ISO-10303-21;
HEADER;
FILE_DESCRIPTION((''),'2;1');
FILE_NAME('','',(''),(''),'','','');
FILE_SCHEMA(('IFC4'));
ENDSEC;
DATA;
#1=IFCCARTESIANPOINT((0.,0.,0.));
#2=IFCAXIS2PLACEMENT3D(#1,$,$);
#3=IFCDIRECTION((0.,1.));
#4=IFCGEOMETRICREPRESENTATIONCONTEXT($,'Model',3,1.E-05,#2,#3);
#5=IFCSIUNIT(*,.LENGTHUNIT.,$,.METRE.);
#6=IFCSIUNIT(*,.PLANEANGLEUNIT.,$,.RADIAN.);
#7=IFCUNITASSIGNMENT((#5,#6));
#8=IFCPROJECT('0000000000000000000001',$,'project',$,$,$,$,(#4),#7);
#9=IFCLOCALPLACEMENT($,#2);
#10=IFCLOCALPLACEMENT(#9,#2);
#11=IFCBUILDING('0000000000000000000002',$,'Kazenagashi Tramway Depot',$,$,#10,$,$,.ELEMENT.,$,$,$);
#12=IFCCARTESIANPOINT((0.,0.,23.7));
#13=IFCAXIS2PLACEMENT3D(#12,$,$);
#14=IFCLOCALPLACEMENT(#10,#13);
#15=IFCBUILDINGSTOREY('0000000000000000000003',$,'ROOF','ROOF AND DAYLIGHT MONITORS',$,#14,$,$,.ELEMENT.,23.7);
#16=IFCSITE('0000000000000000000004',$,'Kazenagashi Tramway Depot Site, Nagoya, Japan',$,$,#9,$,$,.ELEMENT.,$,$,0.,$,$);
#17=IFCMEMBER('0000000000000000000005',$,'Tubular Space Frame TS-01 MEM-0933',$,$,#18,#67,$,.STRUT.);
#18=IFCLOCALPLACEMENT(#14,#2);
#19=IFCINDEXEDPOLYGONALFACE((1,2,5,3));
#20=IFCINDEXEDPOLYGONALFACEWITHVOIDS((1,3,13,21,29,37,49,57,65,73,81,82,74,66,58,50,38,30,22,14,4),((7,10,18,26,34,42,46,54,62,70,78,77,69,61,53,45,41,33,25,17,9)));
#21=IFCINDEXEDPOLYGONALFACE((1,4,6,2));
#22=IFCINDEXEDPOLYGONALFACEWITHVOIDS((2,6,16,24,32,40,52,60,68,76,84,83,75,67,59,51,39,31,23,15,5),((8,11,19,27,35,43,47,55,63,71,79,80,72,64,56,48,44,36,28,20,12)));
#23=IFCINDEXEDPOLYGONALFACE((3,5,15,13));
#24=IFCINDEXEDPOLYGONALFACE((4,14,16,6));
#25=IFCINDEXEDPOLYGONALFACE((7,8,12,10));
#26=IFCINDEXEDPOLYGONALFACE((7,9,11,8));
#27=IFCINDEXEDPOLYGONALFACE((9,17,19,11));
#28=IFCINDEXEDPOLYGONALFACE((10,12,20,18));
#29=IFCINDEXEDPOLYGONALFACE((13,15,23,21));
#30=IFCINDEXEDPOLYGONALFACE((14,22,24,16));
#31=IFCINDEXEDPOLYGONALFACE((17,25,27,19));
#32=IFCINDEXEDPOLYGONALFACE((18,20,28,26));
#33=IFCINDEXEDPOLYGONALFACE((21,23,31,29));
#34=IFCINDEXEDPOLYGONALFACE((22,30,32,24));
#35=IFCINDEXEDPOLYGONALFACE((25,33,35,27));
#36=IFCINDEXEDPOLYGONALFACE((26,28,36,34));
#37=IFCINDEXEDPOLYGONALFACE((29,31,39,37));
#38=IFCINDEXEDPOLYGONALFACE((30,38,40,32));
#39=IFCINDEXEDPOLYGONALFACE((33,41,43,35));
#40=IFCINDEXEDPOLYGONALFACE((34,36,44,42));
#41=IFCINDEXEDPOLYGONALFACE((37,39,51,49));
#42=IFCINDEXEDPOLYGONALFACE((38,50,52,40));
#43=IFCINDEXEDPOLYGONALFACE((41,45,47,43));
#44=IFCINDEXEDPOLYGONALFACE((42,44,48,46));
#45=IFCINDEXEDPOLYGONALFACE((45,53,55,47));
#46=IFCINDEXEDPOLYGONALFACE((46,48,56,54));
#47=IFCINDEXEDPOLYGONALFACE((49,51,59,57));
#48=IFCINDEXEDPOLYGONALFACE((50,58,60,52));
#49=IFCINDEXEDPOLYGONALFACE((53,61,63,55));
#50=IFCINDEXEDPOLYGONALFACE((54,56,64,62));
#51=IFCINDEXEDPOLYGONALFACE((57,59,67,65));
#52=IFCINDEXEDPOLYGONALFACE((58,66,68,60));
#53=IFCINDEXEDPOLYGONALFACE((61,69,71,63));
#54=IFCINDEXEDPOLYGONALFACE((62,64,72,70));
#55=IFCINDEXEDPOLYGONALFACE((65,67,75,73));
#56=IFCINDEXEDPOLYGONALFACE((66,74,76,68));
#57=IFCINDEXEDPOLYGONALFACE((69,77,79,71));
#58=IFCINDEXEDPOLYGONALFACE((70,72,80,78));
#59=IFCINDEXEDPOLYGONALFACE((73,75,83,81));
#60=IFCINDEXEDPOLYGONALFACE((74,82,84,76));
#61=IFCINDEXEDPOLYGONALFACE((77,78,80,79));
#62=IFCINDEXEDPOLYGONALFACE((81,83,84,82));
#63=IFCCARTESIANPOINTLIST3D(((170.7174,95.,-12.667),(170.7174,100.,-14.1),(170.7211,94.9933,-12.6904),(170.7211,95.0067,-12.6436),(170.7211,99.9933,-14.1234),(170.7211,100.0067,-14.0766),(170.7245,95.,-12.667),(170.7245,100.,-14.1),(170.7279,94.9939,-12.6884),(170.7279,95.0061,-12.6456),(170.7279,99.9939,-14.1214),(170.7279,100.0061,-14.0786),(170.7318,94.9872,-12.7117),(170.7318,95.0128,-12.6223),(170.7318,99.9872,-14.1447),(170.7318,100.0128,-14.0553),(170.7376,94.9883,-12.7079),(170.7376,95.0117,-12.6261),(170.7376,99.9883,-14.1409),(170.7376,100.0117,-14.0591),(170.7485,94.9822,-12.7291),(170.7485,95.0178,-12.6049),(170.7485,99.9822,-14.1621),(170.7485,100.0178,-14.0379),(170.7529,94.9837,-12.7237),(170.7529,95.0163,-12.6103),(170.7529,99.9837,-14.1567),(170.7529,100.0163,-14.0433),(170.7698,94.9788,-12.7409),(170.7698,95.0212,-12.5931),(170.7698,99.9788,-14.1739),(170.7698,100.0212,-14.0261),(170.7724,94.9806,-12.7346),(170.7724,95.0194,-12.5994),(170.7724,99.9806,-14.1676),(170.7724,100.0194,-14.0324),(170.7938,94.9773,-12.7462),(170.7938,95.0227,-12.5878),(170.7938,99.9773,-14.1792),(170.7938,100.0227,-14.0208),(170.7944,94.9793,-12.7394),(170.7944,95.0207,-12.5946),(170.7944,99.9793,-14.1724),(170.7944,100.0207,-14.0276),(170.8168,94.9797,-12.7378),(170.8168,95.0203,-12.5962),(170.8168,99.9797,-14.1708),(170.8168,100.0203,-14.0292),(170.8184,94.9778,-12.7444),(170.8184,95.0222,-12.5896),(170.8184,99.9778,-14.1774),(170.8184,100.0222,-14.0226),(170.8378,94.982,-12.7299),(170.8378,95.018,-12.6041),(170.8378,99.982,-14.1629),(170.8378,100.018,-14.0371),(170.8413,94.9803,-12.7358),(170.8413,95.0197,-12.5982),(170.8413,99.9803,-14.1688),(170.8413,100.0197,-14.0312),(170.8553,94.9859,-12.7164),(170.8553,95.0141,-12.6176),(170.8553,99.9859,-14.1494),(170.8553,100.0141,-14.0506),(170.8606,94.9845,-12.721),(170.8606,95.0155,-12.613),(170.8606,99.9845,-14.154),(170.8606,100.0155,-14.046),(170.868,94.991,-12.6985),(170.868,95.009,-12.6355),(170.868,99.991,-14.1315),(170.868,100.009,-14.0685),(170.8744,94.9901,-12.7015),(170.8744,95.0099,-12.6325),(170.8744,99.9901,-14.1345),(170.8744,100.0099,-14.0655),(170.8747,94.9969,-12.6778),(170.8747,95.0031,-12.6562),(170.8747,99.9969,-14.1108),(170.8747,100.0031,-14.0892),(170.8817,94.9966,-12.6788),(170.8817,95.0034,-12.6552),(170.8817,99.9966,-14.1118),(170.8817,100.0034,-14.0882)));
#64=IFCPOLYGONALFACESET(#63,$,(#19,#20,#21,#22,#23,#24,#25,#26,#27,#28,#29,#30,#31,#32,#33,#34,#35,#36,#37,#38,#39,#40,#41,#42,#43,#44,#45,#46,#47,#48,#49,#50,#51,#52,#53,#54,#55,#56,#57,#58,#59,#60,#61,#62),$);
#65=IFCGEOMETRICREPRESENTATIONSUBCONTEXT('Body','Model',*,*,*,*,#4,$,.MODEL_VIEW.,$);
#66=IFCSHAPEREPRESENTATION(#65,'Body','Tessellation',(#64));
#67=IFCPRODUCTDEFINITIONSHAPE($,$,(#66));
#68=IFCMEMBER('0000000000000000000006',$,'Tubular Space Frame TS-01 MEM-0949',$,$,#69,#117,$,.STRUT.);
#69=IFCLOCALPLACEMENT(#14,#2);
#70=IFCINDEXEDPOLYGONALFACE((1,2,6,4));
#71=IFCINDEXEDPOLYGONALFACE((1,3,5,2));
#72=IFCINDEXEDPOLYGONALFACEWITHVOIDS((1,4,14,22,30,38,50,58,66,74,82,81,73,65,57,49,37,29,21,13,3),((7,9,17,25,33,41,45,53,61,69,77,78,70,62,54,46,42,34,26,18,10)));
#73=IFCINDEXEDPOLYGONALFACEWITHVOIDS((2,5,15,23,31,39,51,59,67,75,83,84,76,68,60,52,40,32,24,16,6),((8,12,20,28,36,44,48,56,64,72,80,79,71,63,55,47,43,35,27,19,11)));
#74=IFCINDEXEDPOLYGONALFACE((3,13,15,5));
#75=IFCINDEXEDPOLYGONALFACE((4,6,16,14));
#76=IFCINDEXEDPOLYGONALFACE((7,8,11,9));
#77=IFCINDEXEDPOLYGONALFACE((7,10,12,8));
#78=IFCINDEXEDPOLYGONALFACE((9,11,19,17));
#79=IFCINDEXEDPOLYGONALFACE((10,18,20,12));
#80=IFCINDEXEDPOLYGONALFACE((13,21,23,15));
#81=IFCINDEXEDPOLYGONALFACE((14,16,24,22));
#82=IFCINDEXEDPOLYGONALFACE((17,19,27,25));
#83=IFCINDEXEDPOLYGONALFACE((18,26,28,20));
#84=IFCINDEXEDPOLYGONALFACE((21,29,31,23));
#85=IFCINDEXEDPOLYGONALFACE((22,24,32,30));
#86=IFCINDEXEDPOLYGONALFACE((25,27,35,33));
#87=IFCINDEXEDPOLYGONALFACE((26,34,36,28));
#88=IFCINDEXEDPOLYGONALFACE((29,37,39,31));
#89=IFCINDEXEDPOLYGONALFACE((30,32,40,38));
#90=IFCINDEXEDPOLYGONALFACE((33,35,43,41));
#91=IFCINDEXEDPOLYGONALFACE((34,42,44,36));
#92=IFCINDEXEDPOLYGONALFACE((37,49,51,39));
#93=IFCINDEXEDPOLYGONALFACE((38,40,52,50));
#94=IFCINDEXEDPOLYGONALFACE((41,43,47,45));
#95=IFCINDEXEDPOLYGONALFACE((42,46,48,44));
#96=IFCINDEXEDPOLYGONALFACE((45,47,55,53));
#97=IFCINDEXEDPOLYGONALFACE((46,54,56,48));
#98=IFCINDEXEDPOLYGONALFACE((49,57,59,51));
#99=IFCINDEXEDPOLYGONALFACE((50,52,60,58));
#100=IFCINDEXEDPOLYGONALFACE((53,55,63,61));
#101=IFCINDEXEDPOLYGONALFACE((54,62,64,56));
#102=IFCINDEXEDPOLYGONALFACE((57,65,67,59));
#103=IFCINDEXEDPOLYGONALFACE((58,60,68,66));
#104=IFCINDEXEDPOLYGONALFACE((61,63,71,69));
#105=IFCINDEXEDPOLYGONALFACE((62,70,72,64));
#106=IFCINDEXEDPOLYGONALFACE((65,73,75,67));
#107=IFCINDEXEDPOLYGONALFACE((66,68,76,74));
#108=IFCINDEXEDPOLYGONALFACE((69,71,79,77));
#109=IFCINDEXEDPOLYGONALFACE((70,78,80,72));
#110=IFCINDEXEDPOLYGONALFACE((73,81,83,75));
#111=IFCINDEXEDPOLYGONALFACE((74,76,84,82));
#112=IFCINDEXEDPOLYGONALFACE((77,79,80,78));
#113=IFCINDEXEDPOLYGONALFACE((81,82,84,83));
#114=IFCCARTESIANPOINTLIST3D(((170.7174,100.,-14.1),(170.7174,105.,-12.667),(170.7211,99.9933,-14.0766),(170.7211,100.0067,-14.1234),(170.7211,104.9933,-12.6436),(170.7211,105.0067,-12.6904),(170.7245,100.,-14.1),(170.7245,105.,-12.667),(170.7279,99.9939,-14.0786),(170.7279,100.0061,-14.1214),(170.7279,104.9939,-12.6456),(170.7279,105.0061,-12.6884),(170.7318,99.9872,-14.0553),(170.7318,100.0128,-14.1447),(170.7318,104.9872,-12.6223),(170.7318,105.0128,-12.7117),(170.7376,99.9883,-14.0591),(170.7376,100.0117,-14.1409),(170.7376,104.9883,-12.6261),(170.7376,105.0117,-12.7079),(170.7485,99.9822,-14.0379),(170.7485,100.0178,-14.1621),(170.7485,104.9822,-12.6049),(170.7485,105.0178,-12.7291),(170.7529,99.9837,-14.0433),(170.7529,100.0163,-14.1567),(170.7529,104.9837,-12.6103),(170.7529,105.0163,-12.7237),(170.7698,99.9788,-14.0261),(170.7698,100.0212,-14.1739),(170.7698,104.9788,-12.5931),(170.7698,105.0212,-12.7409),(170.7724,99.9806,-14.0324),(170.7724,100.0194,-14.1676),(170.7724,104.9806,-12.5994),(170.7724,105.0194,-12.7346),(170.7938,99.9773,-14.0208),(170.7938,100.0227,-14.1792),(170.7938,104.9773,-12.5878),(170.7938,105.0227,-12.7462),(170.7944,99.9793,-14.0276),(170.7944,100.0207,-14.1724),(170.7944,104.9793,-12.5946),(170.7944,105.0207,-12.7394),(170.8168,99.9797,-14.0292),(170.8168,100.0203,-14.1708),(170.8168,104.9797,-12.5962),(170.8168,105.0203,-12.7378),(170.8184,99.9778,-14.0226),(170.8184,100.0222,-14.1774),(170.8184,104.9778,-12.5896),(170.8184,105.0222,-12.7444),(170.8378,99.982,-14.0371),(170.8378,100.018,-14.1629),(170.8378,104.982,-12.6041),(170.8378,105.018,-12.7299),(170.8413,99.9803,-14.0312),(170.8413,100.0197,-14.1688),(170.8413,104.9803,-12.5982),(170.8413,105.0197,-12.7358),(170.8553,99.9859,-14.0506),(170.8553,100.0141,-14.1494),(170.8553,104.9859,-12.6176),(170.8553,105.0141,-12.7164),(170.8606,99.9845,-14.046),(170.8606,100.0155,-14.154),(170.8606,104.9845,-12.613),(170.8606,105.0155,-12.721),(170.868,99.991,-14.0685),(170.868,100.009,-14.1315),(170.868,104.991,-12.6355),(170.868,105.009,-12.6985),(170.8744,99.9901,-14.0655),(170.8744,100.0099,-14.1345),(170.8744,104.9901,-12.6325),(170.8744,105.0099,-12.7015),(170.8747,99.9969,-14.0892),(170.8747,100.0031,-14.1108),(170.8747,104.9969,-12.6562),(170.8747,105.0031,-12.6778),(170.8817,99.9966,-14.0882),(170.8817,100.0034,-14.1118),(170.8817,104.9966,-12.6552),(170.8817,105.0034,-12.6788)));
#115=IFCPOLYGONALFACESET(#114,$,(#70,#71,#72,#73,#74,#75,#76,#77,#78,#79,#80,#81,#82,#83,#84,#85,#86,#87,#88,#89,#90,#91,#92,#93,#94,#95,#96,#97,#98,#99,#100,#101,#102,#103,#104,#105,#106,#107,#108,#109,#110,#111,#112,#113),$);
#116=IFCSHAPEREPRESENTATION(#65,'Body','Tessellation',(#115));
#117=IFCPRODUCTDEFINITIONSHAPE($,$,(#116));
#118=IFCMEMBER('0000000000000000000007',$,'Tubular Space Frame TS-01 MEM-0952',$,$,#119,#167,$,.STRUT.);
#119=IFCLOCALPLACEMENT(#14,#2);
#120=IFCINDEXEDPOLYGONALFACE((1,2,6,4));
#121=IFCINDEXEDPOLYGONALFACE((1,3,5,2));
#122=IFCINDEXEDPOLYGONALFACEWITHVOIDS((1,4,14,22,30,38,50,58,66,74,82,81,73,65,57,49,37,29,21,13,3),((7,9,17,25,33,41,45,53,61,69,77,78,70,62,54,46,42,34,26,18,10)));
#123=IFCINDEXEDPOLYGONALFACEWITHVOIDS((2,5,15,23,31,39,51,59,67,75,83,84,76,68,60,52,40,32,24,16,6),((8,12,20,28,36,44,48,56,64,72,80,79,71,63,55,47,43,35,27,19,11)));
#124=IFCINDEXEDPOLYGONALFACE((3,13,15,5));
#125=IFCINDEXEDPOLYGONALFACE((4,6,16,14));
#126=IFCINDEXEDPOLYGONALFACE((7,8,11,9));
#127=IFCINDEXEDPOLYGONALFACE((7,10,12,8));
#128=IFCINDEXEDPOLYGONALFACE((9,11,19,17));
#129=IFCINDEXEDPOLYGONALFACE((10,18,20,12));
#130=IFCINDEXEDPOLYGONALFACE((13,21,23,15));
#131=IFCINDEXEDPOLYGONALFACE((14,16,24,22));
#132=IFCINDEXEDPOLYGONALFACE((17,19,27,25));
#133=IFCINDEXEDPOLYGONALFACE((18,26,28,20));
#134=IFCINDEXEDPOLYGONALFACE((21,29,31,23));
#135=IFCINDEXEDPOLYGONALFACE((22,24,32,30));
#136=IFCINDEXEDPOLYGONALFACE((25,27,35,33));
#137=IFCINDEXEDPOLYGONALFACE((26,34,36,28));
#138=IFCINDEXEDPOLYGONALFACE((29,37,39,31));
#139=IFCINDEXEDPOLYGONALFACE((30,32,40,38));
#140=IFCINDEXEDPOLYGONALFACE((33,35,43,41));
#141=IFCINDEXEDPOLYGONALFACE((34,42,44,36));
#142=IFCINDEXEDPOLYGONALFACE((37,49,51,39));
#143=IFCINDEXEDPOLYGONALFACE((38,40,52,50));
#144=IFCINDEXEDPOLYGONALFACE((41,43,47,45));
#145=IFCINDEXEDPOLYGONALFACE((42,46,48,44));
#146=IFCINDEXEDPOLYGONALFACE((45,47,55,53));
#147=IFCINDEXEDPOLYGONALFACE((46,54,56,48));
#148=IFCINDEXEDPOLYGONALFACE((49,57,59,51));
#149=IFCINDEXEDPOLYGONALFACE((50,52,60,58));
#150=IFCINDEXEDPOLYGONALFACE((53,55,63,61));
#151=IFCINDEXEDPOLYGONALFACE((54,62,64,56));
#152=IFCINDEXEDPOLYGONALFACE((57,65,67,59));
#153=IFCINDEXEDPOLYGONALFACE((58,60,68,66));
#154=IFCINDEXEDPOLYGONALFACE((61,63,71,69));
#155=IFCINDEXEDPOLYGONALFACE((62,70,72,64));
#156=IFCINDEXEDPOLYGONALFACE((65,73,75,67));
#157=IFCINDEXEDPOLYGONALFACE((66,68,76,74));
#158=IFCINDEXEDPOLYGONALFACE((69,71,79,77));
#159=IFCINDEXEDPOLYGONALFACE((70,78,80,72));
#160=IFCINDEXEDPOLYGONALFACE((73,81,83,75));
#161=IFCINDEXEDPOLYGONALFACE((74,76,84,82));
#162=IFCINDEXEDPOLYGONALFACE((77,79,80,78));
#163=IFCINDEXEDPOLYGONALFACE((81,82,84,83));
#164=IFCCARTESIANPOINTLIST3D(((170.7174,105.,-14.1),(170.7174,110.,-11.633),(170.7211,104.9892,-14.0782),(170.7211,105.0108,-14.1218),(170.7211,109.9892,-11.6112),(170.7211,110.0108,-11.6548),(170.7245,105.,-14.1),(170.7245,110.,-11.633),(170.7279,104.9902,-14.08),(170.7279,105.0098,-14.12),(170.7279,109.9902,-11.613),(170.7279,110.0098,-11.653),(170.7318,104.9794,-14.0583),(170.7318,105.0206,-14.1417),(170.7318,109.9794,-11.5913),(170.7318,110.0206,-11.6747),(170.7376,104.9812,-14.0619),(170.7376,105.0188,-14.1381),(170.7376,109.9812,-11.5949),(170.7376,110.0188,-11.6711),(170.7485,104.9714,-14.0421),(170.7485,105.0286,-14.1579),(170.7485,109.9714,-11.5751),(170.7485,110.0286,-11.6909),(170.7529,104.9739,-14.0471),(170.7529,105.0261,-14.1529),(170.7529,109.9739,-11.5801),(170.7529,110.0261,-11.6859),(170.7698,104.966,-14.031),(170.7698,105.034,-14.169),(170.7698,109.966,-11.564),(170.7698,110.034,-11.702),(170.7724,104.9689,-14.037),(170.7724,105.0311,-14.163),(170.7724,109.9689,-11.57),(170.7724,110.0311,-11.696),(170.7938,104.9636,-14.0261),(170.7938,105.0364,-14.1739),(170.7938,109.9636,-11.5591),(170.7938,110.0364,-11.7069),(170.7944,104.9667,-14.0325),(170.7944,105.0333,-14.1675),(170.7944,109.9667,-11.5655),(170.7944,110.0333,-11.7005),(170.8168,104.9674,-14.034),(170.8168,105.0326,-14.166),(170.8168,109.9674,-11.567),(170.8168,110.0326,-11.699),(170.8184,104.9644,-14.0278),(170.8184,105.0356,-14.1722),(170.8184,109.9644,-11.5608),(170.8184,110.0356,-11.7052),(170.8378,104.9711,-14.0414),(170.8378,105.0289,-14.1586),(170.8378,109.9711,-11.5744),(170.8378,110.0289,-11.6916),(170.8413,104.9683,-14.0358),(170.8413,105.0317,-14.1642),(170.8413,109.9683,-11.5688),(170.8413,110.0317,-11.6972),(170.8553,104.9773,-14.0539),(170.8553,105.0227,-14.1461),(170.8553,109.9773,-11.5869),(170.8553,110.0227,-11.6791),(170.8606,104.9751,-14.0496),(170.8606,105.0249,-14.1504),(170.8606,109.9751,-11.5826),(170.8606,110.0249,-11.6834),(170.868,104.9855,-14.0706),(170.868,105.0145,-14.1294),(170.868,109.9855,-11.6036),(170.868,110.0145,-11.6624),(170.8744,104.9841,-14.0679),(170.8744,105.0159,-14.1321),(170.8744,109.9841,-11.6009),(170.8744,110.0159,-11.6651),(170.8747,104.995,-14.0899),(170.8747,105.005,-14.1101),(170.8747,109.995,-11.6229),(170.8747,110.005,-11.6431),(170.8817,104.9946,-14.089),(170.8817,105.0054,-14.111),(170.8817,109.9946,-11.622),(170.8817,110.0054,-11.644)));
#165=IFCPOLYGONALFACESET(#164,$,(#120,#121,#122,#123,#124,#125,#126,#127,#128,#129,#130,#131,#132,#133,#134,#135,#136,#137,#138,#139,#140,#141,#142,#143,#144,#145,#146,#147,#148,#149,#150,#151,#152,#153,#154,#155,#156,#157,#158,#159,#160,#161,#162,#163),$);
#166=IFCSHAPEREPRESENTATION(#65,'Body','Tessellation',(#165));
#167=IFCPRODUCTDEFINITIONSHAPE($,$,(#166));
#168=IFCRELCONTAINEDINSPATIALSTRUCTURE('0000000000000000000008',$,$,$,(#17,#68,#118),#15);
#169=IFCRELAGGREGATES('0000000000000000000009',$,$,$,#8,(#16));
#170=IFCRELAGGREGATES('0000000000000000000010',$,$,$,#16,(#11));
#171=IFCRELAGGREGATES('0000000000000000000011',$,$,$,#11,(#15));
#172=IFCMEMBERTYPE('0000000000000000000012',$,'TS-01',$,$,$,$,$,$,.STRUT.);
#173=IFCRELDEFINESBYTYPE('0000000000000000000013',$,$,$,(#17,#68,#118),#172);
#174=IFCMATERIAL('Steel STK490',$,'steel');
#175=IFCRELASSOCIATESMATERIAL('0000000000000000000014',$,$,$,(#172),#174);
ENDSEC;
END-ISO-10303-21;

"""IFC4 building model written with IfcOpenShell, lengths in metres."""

from ifc_helpers import new_model, si_unit, direction, frame, origin, origin_2d, place, context, subcontext, project, spatial, hollow_circle, extrude, material, material_profile, profile_set, type_object, element, save


model = new_model("IFC4")

# Units and contexts
model_context = context("Model", 3, precision=1e-05, world=origin(), true_north=direction((0.0, 1.0)))
body_context = subcontext(model_context, "Body", "Model", "MODEL_VIEW")
ifc_project = project(units=[si_unit("LENGTHUNIT", "METRE"), si_unit("PLANEANGLEUNIT", "RADIAN")], contexts=[model_context])

# Site, building, storey
site_placement = place(None, origin())
site = spatial("IfcSite", under=ifc_project, at=site_placement, Name="Kazenagashi Tramway Depot Site, Nagoya, Japan", CompositionType="ELEMENT", RefElevation=0.0)
building_placement = place(site_placement, origin())
building = spatial("IfcBuilding", under=site, at=building_placement, Name="Kazenagashi Tramway Depot", CompositionType="ELEMENT")
storey_placement = place(building_placement, frame((0.0, 0.0, 23.7)))
storey = spatial("IfcBuildingStorey", under=building, at=storey_placement, Name="ROOF", Description="ROOF AND DAYLIGHT MONITORS", CompositionType="ELEMENT", Elevation=23.7)

# Members
ifc_material_1 = material(Name="Steel STK490", Category="steel")
ifc_material_profile_1 = material_profile(ifc_material_1, hollow_circle(Radius=0.0826, WallThickness=0.0071, at=origin_2d()), Name="CHS-165.2x7.1")
ifc_profile_set_1 = profile_set([ifc_material_profile_1], Name="Steel STK490")
member_type_1 = type_object("IfcMemberType", Name="TS-01", PredefinedType="STRUT", material=ifc_profile_set_1)
for number, where, z_axis, x_axis, name in (
    (1, (170.8, 95.0, -12.667), (0.0, 0.961299, -0.275508), (-1.0, 0.0, 0.0), "Tubular Space Frame TS-01 MEM-0933"),
    (2, (170.8, 100.0, -14.1), (0.0, 0.961299, 0.275508), (-1.0, 0.0, 0.0), "Tubular Space Frame TS-01 MEM-0949"),
):
    element("IfcMember", number, at=place(storey_placement, frame(where, z_axis=z_axis, x_axis=x_axis)), inside=storey, type_object=member_type_1, Name=name, PredefinedType="STRUT", context=body_context, shape_type="SweptSolid", body=[
        extrude(hollow_circle(Radius=0.0826, WallThickness=0.0071, at=origin_2d()), origin(), (0.0, 0.0, 1.0), 5.2013),
    ])
member_1_placement = place(storey_placement, frame((170.8, 105.0, -14.1), z_axis=(0.0, 0.896782, 0.442472), x_axis=(-1.0, 0.0, 0.0)))
element("IfcMember", 3, at=member_1_placement, inside=storey, type_object=member_type_1, Name="Tubular Space Frame TS-01 MEM-0952", PredefinedType="STRUT", context=body_context, shape_type="SweptSolid", body=[
    extrude(hollow_circle(Radius=0.0826, WallThickness=0.0071, at=origin_2d()), origin(), (0.0, 0.0, 1.0), 5.5755),
])

save(model, "model.ifc")
